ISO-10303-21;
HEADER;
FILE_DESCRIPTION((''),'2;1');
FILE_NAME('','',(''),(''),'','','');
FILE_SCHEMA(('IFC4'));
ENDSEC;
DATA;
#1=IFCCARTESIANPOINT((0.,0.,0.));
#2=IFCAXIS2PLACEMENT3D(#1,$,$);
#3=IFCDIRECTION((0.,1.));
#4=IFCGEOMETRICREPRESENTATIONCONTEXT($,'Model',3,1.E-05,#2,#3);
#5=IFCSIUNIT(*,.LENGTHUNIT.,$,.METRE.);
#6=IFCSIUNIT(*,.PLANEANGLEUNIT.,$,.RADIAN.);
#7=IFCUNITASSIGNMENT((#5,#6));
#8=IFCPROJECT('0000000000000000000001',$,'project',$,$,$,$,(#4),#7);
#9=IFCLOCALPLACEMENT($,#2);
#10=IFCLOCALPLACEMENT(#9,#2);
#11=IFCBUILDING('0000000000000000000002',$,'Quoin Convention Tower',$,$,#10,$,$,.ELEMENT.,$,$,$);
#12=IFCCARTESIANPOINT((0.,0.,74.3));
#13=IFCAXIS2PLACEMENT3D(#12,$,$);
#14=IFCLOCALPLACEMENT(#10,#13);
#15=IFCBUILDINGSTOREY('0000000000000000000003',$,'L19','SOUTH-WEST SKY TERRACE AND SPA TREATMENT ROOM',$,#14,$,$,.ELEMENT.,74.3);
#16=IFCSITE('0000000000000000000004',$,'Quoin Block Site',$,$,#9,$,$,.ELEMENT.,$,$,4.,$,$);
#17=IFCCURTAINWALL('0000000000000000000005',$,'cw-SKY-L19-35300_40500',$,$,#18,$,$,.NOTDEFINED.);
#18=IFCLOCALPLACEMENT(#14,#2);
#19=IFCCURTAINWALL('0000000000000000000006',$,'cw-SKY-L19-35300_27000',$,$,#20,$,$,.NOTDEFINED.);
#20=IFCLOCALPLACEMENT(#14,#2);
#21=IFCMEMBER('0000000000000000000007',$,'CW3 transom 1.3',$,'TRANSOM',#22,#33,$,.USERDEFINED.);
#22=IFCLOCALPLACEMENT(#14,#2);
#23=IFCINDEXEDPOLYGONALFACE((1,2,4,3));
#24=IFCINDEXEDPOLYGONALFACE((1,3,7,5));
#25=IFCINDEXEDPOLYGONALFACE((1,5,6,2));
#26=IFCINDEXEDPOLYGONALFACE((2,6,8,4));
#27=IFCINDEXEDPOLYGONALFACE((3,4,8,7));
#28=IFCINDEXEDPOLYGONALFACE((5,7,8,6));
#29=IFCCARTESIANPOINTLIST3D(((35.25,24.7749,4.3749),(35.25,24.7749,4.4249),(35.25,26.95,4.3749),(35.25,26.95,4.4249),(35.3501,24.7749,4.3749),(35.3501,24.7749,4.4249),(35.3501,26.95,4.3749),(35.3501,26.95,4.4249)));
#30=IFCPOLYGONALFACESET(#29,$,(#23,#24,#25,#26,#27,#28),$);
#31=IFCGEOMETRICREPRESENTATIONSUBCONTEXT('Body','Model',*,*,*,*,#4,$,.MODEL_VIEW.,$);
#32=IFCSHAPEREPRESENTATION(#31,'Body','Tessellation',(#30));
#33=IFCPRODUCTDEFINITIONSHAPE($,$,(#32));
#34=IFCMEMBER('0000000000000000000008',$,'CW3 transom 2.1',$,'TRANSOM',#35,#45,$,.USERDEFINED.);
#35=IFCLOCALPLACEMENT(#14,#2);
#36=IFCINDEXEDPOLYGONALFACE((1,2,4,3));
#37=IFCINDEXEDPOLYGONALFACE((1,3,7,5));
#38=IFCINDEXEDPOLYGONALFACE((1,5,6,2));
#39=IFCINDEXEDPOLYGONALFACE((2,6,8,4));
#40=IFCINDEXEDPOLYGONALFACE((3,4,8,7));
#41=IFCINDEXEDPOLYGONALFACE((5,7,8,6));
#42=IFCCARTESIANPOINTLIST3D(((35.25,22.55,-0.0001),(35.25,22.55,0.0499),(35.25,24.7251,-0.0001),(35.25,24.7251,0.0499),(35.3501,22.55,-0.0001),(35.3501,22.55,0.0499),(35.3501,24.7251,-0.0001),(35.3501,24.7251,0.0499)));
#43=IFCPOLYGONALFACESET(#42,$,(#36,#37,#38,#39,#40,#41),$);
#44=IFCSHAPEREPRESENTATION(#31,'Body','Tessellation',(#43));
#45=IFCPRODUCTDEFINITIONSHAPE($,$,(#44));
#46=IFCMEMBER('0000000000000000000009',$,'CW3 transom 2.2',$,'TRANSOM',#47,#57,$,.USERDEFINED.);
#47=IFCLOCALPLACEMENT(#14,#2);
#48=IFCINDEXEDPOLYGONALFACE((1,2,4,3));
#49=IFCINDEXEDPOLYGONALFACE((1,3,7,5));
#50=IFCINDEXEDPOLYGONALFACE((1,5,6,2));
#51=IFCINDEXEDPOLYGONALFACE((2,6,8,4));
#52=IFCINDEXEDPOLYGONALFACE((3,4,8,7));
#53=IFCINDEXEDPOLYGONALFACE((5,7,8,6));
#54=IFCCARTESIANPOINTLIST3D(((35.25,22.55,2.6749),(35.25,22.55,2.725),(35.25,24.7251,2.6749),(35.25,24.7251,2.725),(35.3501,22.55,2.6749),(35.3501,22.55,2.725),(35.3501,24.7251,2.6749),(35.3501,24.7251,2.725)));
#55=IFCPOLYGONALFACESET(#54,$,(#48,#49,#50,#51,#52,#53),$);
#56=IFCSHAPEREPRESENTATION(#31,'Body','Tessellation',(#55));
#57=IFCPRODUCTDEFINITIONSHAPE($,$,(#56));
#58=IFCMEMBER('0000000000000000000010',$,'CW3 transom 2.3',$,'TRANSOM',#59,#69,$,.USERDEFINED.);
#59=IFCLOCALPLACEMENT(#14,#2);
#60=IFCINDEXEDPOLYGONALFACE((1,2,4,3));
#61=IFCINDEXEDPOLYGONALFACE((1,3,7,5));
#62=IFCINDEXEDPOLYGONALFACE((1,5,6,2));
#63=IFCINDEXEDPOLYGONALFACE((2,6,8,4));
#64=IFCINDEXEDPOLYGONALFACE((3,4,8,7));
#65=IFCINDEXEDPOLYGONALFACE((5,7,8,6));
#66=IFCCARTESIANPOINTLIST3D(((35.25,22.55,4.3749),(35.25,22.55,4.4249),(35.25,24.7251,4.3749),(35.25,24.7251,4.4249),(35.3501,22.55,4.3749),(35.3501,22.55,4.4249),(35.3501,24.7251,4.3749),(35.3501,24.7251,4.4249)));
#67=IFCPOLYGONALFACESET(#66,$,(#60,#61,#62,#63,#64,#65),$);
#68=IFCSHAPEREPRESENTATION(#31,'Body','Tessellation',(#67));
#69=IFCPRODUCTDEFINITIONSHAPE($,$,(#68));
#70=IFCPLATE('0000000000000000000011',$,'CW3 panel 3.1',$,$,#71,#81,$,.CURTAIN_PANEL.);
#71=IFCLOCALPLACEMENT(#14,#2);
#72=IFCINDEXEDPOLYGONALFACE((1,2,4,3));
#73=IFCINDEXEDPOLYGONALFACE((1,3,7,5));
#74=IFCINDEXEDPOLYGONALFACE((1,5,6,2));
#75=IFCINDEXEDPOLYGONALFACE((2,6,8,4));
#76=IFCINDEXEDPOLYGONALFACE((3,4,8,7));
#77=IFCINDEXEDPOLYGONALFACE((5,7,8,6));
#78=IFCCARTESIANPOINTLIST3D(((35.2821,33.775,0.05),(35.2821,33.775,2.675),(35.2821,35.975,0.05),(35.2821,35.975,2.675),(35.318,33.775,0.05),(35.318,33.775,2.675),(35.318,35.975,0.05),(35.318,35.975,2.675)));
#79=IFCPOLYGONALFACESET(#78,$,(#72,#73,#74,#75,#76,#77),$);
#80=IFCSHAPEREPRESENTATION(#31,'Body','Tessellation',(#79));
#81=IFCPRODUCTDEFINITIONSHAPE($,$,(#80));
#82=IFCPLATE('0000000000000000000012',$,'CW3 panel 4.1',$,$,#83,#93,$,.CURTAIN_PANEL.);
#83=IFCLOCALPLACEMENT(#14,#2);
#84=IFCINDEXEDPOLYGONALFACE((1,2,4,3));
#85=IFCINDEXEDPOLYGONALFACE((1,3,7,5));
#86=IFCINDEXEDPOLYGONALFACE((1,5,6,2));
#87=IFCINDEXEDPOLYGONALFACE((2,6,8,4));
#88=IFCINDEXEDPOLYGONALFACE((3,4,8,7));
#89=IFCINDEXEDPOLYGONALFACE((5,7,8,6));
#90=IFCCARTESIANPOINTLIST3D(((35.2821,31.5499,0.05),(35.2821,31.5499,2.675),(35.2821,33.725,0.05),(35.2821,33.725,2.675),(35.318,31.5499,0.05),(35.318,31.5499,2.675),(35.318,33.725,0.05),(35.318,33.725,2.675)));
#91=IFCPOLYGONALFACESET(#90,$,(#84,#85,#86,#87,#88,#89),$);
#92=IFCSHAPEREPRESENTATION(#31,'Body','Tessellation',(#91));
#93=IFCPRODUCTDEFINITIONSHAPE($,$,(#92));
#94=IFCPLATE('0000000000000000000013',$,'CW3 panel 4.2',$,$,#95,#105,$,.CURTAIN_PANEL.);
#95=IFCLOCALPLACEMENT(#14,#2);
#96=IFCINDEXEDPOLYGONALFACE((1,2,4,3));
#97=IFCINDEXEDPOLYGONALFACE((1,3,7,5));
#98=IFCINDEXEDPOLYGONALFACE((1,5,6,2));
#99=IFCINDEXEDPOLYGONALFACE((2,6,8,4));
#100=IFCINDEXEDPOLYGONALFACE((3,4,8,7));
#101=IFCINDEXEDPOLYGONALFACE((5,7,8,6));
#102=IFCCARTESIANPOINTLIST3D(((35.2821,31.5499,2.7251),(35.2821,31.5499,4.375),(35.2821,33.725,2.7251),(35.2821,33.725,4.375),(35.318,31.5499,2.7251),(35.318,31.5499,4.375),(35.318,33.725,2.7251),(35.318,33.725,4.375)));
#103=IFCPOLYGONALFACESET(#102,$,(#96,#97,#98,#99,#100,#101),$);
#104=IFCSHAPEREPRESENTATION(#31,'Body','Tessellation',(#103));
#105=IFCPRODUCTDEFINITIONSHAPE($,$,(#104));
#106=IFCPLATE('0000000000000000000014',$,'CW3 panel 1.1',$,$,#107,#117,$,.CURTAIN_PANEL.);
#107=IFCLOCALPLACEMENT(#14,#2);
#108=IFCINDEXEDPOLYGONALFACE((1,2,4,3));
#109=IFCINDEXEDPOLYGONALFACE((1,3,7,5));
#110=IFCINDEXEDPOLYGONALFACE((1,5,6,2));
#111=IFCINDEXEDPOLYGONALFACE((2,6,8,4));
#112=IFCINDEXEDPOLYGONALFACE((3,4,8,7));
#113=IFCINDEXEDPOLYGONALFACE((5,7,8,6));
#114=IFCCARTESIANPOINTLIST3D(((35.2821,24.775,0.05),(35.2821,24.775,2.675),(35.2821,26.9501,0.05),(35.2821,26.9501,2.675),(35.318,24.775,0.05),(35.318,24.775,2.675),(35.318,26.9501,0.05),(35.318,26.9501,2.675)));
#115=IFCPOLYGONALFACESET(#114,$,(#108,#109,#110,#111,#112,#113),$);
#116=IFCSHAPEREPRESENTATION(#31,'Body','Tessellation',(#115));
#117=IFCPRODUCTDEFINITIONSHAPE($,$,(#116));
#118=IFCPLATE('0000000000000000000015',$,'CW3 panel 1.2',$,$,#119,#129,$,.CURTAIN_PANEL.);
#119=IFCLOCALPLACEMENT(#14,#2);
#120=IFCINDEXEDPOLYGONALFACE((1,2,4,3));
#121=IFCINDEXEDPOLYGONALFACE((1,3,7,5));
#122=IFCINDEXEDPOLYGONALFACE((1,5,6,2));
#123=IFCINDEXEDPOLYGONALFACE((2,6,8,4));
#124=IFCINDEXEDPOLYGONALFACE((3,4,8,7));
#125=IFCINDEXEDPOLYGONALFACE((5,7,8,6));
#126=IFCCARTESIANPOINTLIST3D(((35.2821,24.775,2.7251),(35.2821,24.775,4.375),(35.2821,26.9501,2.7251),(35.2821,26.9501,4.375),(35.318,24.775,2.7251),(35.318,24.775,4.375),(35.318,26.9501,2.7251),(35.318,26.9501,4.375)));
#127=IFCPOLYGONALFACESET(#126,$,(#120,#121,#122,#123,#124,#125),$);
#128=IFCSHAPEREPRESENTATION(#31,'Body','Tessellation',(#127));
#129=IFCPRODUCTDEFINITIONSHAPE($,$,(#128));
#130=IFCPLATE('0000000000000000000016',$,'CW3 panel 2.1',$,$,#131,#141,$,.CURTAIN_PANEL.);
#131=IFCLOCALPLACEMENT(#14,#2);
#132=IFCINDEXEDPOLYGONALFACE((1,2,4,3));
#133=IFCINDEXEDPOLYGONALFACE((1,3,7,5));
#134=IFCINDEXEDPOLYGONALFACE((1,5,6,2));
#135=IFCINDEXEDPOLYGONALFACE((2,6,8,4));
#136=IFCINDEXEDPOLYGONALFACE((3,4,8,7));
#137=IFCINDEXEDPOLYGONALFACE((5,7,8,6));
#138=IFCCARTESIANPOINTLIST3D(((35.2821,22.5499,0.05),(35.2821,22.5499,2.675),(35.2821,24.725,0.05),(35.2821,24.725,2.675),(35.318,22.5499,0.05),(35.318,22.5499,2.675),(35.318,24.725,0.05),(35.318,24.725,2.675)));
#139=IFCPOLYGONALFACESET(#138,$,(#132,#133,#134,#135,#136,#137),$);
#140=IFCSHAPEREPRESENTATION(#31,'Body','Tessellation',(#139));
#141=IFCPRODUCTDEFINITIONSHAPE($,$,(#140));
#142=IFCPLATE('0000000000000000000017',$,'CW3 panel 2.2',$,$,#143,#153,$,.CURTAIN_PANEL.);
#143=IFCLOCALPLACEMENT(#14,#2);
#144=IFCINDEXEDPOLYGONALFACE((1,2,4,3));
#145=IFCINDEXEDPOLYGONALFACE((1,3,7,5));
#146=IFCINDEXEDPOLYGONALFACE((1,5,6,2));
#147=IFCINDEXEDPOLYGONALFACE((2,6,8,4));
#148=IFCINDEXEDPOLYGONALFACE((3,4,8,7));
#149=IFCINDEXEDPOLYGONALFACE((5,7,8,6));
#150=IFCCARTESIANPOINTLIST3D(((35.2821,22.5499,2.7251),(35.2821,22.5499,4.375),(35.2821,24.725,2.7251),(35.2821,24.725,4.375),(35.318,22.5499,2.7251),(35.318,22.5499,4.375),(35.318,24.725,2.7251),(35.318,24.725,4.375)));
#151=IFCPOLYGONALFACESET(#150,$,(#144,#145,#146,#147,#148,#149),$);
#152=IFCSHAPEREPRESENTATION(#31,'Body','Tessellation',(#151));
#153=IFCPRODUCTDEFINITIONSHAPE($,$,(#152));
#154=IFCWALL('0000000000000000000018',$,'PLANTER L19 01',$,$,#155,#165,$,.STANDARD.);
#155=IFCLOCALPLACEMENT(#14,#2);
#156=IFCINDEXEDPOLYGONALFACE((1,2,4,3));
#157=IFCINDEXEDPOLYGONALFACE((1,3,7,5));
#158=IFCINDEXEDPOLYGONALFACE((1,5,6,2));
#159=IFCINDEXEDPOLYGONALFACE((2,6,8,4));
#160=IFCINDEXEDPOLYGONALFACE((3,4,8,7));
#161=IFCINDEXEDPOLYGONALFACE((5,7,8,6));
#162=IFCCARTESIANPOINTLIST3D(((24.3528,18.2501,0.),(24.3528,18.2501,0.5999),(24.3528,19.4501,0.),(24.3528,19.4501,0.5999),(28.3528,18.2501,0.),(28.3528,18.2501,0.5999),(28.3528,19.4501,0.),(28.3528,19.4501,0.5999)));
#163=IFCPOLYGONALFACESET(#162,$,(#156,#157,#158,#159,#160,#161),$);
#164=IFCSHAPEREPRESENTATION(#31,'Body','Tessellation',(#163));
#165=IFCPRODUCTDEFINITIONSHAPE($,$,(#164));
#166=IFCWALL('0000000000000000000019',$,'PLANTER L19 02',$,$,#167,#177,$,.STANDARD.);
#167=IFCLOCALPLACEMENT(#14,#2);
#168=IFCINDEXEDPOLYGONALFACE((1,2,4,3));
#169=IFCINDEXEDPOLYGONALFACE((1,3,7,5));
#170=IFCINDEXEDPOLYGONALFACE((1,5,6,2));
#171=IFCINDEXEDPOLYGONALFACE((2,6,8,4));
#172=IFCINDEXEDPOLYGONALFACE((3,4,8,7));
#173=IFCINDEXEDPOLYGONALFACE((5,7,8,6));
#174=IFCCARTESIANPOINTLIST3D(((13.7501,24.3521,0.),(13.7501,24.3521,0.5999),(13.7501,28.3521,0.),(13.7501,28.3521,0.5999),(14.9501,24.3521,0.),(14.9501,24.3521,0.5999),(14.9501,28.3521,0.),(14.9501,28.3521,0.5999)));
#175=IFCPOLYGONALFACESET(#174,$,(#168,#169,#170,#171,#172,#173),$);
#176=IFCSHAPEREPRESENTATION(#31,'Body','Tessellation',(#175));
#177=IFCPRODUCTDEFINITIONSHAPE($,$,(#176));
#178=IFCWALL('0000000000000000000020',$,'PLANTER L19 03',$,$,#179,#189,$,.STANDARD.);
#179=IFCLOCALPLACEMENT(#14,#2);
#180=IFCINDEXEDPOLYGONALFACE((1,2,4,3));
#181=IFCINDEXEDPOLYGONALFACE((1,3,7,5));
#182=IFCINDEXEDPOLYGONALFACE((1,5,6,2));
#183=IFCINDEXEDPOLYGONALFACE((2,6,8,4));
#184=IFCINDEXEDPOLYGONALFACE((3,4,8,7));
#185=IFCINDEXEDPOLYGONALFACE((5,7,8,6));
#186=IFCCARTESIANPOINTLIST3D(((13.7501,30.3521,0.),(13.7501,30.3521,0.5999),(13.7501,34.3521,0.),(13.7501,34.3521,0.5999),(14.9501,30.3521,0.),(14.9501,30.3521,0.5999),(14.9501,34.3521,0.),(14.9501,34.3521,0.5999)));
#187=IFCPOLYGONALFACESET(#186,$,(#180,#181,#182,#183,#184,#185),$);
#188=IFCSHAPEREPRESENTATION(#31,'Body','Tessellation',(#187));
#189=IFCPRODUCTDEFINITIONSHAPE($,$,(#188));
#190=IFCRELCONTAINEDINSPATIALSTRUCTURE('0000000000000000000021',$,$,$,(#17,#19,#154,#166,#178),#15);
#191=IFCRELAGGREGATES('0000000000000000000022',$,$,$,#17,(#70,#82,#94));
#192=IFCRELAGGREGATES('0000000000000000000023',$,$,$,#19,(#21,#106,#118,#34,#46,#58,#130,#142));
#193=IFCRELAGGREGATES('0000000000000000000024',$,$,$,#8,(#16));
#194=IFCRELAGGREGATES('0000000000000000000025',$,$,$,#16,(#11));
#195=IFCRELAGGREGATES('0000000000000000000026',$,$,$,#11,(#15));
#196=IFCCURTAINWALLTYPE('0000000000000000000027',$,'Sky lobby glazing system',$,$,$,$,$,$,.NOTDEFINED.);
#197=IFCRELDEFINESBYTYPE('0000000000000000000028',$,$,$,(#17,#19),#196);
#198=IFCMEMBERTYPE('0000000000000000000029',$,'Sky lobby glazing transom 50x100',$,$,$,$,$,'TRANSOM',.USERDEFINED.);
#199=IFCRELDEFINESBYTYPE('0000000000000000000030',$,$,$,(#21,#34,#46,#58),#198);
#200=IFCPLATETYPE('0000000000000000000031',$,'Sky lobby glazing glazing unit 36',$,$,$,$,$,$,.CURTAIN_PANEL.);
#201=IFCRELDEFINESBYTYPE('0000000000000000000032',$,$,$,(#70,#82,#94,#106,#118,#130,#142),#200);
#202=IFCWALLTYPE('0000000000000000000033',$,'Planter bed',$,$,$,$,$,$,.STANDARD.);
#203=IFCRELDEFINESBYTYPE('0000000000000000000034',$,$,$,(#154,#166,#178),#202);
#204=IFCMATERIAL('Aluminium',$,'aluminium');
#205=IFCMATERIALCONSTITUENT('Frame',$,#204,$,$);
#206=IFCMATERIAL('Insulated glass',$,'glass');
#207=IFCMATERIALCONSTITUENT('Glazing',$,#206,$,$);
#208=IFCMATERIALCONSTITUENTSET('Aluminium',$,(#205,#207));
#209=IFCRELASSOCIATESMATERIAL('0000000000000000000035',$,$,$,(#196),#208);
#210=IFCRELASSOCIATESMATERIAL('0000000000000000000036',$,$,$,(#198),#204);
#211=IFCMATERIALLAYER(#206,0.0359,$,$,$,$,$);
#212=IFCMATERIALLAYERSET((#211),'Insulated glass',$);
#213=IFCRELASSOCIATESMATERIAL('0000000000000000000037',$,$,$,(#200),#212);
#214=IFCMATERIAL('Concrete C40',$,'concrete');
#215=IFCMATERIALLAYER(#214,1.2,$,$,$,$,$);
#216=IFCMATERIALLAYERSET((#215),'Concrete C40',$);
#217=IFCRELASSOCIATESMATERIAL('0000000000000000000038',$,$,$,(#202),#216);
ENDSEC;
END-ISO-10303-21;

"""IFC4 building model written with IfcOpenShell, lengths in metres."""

from ifc_helpers import new_model, si_unit, direction, frame, frame_2d, origin, origin_2d, place, context, subcontext, project, spatial, rectangle, extrude, material, layer, layer_set, constituent, constituent_set, material_profile, profile_set, type_object, element, aggregate, save


model = new_model("IFC4")

# Units and contexts
model_context = context("Model", 3, precision=1e-05, world=origin(), true_north=direction((0.0, 1.0)))
body_context = subcontext(model_context, "Body", "Model", "MODEL_VIEW")
ifc_project = project(units=[si_unit("LENGTHUNIT", "METRE"), si_unit("PLANEANGLEUNIT", "RADIAN")], contexts=[model_context])

# Site, building, storey
site_placement = place(None, origin())
site = spatial("IfcSite", under=ifc_project, at=site_placement, Name="Quoin Block Site", CompositionType="ELEMENT", RefElevation=4.0)
building_placement = place(site_placement, origin())
building = spatial("IfcBuilding", under=site, at=building_placement, Name="Quoin Convention Tower", CompositionType="ELEMENT")
storey_placement = place(building_placement, frame((0.0, 0.0, 74.3)))
storey = spatial("IfcBuildingStorey", under=building, at=storey_placement, Name="L19", Description="SOUTH-WEST SKY TERRACE AND SPA TREATMENT ROOM", CompositionType="ELEMENT", Elevation=74.3)

# Curtain walls
ifc_material_1 = material(Name="Aluminium", Category="aluminium")
ifc_constituent_1 = constituent(ifc_material_1, Name="Frame")
ifc_material_2 = material(Name="Insulated glass", Category="glass")
ifc_constituent_2 = constituent(ifc_material_2, Name="Glazing")
ifc_constituent_set_1 = constituent_set(constituents=[ifc_constituent_1, ifc_constituent_2], Name="Aluminium")
curtain_wall_type = type_object("IfcCurtainWallType", Name="Sky lobby glazing system", PredefinedType="NOTDEFINED", material=ifc_constituent_set_1)
curtain_wall_1_placement = place(storey_placement, origin())
curtain_wall_1 = element("IfcCurtainWall", 1, at=curtain_wall_1_placement, inside=storey, type_object=curtain_wall_type, Name="cw-SKY-L19-35300_40500", PredefinedType="NOTDEFINED")
curtain_wall_2_placement = place(storey_placement, origin())
curtain_wall_2 = element("IfcCurtainWall", 2, at=curtain_wall_2_placement, inside=storey, type_object=curtain_wall_type, Name="cw-SKY-L19-35300_27000", PredefinedType="NOTDEFINED")

# Members
ifc_material_profile_1 = material_profile(ifc_material_1, rectangle(XDim=0.1001, YDim=0.05, at=origin_2d()), Name="Sky lobby glazing transom 50x100")
ifc_profile_set_1 = profile_set([ifc_material_profile_1], Name="Aluminium")
member_type_1 = type_object("IfcMemberType", Name="Sky lobby glazing transom 50x100", ElementType="TRANSOM", PredefinedType="USERDEFINED", material=ifc_profile_set_1)
member_1_placement = place(storey_placement, frame((35.3, 26.95, 4.3999), z_axis=(0.0, -1.0, 0.0), x_axis=(1.0, 0.0, 0.0)))
member_1 = element("IfcMember", 3, at=member_1_placement, type_object=member_type_1, Name="CW3 transom 1.3", ObjectType="TRANSOM", PredefinedType="USERDEFINED", context=body_context, shape_type="SweptSolid", body=[
    extrude(rectangle(XDim=0.1001, YDim=0.05, at=origin_2d()), origin(), (0.0, 0.0, 1.0), 2.175),
])
member_2_placement = place(storey_placement, frame((35.3, 24.7251, 0.0249), z_axis=(0.0, -1.0, 0.0), x_axis=(1.0, 0.0, 0.0)))
member_2 = element("IfcMember", 4, at=member_2_placement, type_object=member_type_1, Name="CW3 transom 2.1", ObjectType="TRANSOM", PredefinedType="USERDEFINED", context=body_context, shape_type="SweptSolid", body=[
    extrude(rectangle(XDim=0.1001, YDim=0.05, at=origin_2d()), origin(), (0.0, 0.0, 1.0), 2.175),
])
member_3_placement = place(storey_placement, frame((35.3, 24.7251, 2.7), z_axis=(0.0, -1.0, 0.0), x_axis=(1.0, 0.0, 0.0)))
member_3 = element("IfcMember", 5, at=member_3_placement, type_object=member_type_1, Name="CW3 transom 2.2", ObjectType="TRANSOM", PredefinedType="USERDEFINED", context=body_context, shape_type="SweptSolid", body=[
    extrude(rectangle(XDim=0.1001, YDim=0.05, at=origin_2d()), origin(), (0.0, 0.0, 1.0), 2.175),
])
member_4_placement = place(storey_placement, frame((35.3, 24.7251, 4.3999), z_axis=(0.0, -1.0, 0.0), x_axis=(1.0, 0.0, 0.0)))
member_4 = element("IfcMember", 6, at=member_4_placement, type_object=member_type_1, Name="CW3 transom 2.3", ObjectType="TRANSOM", PredefinedType="USERDEFINED", context=body_context, shape_type="SweptSolid", body=[
    extrude(rectangle(XDim=0.1001, YDim=0.05, at=origin_2d()), origin(), (0.0, 0.0, 1.0), 2.175),
])

# Plates
ifc_layer_1 = layer(ifc_material_2, 0.0359)
ifc_layer_set_1 = layer_set([ifc_layer_1], Name="Insulated glass")
plate_type = type_object("IfcPlateType", Name="Sky lobby glazing glazing unit 36", PredefinedType="CURTAIN_PANEL", material=ifc_layer_set_1)
plate_1_placement = place(storey_placement, frame((35.3, 34.875, 0.05), z_axis=(0.0, 0.0, 1.0), x_axis=(0.0, -1.0, 0.0)))
plate_1 = element("IfcPlate", 7, at=plate_1_placement, type_object=plate_type, Name="CW3 panel 3.1", PredefinedType="CURTAIN_PANEL", context=body_context, shape_type="SweptSolid", body=[
    extrude(rectangle(XDim=2.2, YDim=0.0359, at=origin_2d()), origin(), (0.0, 0.0, 1.0), 2.625),
])
plate_2_placement = place(storey_placement, frame((35.3, 32.6375, 0.05), z_axis=(0.0, 0.0, 1.0), x_axis=(0.0, -1.0, 0.0)))
plate_2 = element("IfcPlate", 8, at=plate_2_placement, type_object=plate_type, Name="CW3 panel 4.1", PredefinedType="CURTAIN_PANEL", context=body_context, shape_type="SweptSolid", body=[
    extrude(rectangle(XDim=2.175, YDim=0.0359, at=origin_2d()), origin(), (0.0, 0.0, 1.0), 2.625),
])
plate_3_placement = place(storey_placement, frame((35.3, 32.6375, 2.7251), z_axis=(0.0, 0.0, 1.0), x_axis=(0.0, -1.0, 0.0)))
plate_3 = element("IfcPlate", 9, at=plate_3_placement, type_object=plate_type, Name="CW3 panel 4.2", PredefinedType="CURTAIN_PANEL", context=body_context, shape_type="SweptSolid", body=[
    extrude(rectangle(XDim=2.175, YDim=0.0359, at=origin_2d()), origin(), (0.0, 0.0, 1.0), 1.6499),
])
aggregate(curtain_wall_1, [plate_1, plate_2, plate_3])
plate_4_placement = place(storey_placement, frame((35.3, 25.8625, 0.05), z_axis=(0.0, 0.0, 1.0), x_axis=(0.0, -1.0, 0.0)))
plate_4 = element("IfcPlate", 10, at=plate_4_placement, type_object=plate_type, Name="CW3 panel 1.1", PredefinedType="CURTAIN_PANEL", context=body_context, shape_type="SweptSolid", body=[
    extrude(rectangle(XDim=2.175, YDim=0.0359, at=origin_2d()), origin(), (0.0, 0.0, 1.0), 2.625),
])
plate_5_placement = place(storey_placement, frame((35.3, 25.8625, 2.7251), z_axis=(0.0, 0.0, 1.0), x_axis=(0.0, -1.0, 0.0)))
plate_5 = element("IfcPlate", 11, at=plate_5_placement, type_object=plate_type, Name="CW3 panel 1.2", PredefinedType="CURTAIN_PANEL", context=body_context, shape_type="SweptSolid", body=[
    extrude(rectangle(XDim=2.175, YDim=0.0359, at=origin_2d()), origin(), (0.0, 0.0, 1.0), 1.6499),
])
plate_6_placement = place(storey_placement, frame((35.3, 23.6375, 0.05), z_axis=(0.0, 0.0, 1.0), x_axis=(0.0, -1.0, 0.0)))
plate_6 = element("IfcPlate", 12, at=plate_6_placement, type_object=plate_type, Name="CW3 panel 2.1", PredefinedType="CURTAIN_PANEL", context=body_context, shape_type="SweptSolid", body=[
    extrude(rectangle(XDim=2.175, YDim=0.0359, at=origin_2d()), origin(), (0.0, 0.0, 1.0), 2.625),
])
plate_7_placement = place(storey_placement, frame((35.3, 23.6375, 2.7251), z_axis=(0.0, 0.0, 1.0), x_axis=(0.0, -1.0, 0.0)))
plate_7 = element("IfcPlate", 13, at=plate_7_placement, type_object=plate_type, Name="CW3 panel 2.2", PredefinedType="CURTAIN_PANEL", context=body_context, shape_type="SweptSolid", body=[
    extrude(rectangle(XDim=2.175, YDim=0.0359, at=origin_2d()), origin(), (0.0, 0.0, 1.0), 1.6499),
])
aggregate(curtain_wall_2, [member_1, plate_4, plate_5, member_2, member_3, member_4, plate_6, plate_7])

# Walls
ifc_material_3 = material(Name="Concrete C40", Category="concrete")
ifc_layer_2 = layer(ifc_material_3, 1.2)
ifc_layer_set_2 = layer_set([ifc_layer_2], Name="Concrete C40")
wall_type_1 = type_object("IfcWallType", Name="Planter bed", PredefinedType="STANDARD", material=ifc_layer_set_2)
for number, where, z_axis, x_axis, name in (
    (14, (28.3528, 18.8501, 0.0), (0.0, 0.0, 1.0), (-1.0, 0.0, 0.0), "PLANTER L19 01"),
    (15, (14.3501, 24.3521, 0.0), (0.0, 0.0, 1.0), (0.0, 1.0, 0.0), "PLANTER L19 02"),
    (16, (14.3501, 30.3521, 0.0), (0.0, 0.0, 1.0), (0.0, 1.0, 0.0), "PLANTER L19 03"),
):
    element("IfcWall", number, at=place(storey_placement, frame(where, z_axis=z_axis, x_axis=x_axis)), inside=storey, type_object=wall_type_1, Name=name, PredefinedType="STANDARD", context=body_context, shape_type="SweptSolid", body=[
        extrude(rectangle(XDim=4.0, YDim=1.2, at=frame_2d((2.0, 0.0))), origin(), (0.0, 0.0, 1.0), 0.5999),
    ])

save(model, "model.ifc")
